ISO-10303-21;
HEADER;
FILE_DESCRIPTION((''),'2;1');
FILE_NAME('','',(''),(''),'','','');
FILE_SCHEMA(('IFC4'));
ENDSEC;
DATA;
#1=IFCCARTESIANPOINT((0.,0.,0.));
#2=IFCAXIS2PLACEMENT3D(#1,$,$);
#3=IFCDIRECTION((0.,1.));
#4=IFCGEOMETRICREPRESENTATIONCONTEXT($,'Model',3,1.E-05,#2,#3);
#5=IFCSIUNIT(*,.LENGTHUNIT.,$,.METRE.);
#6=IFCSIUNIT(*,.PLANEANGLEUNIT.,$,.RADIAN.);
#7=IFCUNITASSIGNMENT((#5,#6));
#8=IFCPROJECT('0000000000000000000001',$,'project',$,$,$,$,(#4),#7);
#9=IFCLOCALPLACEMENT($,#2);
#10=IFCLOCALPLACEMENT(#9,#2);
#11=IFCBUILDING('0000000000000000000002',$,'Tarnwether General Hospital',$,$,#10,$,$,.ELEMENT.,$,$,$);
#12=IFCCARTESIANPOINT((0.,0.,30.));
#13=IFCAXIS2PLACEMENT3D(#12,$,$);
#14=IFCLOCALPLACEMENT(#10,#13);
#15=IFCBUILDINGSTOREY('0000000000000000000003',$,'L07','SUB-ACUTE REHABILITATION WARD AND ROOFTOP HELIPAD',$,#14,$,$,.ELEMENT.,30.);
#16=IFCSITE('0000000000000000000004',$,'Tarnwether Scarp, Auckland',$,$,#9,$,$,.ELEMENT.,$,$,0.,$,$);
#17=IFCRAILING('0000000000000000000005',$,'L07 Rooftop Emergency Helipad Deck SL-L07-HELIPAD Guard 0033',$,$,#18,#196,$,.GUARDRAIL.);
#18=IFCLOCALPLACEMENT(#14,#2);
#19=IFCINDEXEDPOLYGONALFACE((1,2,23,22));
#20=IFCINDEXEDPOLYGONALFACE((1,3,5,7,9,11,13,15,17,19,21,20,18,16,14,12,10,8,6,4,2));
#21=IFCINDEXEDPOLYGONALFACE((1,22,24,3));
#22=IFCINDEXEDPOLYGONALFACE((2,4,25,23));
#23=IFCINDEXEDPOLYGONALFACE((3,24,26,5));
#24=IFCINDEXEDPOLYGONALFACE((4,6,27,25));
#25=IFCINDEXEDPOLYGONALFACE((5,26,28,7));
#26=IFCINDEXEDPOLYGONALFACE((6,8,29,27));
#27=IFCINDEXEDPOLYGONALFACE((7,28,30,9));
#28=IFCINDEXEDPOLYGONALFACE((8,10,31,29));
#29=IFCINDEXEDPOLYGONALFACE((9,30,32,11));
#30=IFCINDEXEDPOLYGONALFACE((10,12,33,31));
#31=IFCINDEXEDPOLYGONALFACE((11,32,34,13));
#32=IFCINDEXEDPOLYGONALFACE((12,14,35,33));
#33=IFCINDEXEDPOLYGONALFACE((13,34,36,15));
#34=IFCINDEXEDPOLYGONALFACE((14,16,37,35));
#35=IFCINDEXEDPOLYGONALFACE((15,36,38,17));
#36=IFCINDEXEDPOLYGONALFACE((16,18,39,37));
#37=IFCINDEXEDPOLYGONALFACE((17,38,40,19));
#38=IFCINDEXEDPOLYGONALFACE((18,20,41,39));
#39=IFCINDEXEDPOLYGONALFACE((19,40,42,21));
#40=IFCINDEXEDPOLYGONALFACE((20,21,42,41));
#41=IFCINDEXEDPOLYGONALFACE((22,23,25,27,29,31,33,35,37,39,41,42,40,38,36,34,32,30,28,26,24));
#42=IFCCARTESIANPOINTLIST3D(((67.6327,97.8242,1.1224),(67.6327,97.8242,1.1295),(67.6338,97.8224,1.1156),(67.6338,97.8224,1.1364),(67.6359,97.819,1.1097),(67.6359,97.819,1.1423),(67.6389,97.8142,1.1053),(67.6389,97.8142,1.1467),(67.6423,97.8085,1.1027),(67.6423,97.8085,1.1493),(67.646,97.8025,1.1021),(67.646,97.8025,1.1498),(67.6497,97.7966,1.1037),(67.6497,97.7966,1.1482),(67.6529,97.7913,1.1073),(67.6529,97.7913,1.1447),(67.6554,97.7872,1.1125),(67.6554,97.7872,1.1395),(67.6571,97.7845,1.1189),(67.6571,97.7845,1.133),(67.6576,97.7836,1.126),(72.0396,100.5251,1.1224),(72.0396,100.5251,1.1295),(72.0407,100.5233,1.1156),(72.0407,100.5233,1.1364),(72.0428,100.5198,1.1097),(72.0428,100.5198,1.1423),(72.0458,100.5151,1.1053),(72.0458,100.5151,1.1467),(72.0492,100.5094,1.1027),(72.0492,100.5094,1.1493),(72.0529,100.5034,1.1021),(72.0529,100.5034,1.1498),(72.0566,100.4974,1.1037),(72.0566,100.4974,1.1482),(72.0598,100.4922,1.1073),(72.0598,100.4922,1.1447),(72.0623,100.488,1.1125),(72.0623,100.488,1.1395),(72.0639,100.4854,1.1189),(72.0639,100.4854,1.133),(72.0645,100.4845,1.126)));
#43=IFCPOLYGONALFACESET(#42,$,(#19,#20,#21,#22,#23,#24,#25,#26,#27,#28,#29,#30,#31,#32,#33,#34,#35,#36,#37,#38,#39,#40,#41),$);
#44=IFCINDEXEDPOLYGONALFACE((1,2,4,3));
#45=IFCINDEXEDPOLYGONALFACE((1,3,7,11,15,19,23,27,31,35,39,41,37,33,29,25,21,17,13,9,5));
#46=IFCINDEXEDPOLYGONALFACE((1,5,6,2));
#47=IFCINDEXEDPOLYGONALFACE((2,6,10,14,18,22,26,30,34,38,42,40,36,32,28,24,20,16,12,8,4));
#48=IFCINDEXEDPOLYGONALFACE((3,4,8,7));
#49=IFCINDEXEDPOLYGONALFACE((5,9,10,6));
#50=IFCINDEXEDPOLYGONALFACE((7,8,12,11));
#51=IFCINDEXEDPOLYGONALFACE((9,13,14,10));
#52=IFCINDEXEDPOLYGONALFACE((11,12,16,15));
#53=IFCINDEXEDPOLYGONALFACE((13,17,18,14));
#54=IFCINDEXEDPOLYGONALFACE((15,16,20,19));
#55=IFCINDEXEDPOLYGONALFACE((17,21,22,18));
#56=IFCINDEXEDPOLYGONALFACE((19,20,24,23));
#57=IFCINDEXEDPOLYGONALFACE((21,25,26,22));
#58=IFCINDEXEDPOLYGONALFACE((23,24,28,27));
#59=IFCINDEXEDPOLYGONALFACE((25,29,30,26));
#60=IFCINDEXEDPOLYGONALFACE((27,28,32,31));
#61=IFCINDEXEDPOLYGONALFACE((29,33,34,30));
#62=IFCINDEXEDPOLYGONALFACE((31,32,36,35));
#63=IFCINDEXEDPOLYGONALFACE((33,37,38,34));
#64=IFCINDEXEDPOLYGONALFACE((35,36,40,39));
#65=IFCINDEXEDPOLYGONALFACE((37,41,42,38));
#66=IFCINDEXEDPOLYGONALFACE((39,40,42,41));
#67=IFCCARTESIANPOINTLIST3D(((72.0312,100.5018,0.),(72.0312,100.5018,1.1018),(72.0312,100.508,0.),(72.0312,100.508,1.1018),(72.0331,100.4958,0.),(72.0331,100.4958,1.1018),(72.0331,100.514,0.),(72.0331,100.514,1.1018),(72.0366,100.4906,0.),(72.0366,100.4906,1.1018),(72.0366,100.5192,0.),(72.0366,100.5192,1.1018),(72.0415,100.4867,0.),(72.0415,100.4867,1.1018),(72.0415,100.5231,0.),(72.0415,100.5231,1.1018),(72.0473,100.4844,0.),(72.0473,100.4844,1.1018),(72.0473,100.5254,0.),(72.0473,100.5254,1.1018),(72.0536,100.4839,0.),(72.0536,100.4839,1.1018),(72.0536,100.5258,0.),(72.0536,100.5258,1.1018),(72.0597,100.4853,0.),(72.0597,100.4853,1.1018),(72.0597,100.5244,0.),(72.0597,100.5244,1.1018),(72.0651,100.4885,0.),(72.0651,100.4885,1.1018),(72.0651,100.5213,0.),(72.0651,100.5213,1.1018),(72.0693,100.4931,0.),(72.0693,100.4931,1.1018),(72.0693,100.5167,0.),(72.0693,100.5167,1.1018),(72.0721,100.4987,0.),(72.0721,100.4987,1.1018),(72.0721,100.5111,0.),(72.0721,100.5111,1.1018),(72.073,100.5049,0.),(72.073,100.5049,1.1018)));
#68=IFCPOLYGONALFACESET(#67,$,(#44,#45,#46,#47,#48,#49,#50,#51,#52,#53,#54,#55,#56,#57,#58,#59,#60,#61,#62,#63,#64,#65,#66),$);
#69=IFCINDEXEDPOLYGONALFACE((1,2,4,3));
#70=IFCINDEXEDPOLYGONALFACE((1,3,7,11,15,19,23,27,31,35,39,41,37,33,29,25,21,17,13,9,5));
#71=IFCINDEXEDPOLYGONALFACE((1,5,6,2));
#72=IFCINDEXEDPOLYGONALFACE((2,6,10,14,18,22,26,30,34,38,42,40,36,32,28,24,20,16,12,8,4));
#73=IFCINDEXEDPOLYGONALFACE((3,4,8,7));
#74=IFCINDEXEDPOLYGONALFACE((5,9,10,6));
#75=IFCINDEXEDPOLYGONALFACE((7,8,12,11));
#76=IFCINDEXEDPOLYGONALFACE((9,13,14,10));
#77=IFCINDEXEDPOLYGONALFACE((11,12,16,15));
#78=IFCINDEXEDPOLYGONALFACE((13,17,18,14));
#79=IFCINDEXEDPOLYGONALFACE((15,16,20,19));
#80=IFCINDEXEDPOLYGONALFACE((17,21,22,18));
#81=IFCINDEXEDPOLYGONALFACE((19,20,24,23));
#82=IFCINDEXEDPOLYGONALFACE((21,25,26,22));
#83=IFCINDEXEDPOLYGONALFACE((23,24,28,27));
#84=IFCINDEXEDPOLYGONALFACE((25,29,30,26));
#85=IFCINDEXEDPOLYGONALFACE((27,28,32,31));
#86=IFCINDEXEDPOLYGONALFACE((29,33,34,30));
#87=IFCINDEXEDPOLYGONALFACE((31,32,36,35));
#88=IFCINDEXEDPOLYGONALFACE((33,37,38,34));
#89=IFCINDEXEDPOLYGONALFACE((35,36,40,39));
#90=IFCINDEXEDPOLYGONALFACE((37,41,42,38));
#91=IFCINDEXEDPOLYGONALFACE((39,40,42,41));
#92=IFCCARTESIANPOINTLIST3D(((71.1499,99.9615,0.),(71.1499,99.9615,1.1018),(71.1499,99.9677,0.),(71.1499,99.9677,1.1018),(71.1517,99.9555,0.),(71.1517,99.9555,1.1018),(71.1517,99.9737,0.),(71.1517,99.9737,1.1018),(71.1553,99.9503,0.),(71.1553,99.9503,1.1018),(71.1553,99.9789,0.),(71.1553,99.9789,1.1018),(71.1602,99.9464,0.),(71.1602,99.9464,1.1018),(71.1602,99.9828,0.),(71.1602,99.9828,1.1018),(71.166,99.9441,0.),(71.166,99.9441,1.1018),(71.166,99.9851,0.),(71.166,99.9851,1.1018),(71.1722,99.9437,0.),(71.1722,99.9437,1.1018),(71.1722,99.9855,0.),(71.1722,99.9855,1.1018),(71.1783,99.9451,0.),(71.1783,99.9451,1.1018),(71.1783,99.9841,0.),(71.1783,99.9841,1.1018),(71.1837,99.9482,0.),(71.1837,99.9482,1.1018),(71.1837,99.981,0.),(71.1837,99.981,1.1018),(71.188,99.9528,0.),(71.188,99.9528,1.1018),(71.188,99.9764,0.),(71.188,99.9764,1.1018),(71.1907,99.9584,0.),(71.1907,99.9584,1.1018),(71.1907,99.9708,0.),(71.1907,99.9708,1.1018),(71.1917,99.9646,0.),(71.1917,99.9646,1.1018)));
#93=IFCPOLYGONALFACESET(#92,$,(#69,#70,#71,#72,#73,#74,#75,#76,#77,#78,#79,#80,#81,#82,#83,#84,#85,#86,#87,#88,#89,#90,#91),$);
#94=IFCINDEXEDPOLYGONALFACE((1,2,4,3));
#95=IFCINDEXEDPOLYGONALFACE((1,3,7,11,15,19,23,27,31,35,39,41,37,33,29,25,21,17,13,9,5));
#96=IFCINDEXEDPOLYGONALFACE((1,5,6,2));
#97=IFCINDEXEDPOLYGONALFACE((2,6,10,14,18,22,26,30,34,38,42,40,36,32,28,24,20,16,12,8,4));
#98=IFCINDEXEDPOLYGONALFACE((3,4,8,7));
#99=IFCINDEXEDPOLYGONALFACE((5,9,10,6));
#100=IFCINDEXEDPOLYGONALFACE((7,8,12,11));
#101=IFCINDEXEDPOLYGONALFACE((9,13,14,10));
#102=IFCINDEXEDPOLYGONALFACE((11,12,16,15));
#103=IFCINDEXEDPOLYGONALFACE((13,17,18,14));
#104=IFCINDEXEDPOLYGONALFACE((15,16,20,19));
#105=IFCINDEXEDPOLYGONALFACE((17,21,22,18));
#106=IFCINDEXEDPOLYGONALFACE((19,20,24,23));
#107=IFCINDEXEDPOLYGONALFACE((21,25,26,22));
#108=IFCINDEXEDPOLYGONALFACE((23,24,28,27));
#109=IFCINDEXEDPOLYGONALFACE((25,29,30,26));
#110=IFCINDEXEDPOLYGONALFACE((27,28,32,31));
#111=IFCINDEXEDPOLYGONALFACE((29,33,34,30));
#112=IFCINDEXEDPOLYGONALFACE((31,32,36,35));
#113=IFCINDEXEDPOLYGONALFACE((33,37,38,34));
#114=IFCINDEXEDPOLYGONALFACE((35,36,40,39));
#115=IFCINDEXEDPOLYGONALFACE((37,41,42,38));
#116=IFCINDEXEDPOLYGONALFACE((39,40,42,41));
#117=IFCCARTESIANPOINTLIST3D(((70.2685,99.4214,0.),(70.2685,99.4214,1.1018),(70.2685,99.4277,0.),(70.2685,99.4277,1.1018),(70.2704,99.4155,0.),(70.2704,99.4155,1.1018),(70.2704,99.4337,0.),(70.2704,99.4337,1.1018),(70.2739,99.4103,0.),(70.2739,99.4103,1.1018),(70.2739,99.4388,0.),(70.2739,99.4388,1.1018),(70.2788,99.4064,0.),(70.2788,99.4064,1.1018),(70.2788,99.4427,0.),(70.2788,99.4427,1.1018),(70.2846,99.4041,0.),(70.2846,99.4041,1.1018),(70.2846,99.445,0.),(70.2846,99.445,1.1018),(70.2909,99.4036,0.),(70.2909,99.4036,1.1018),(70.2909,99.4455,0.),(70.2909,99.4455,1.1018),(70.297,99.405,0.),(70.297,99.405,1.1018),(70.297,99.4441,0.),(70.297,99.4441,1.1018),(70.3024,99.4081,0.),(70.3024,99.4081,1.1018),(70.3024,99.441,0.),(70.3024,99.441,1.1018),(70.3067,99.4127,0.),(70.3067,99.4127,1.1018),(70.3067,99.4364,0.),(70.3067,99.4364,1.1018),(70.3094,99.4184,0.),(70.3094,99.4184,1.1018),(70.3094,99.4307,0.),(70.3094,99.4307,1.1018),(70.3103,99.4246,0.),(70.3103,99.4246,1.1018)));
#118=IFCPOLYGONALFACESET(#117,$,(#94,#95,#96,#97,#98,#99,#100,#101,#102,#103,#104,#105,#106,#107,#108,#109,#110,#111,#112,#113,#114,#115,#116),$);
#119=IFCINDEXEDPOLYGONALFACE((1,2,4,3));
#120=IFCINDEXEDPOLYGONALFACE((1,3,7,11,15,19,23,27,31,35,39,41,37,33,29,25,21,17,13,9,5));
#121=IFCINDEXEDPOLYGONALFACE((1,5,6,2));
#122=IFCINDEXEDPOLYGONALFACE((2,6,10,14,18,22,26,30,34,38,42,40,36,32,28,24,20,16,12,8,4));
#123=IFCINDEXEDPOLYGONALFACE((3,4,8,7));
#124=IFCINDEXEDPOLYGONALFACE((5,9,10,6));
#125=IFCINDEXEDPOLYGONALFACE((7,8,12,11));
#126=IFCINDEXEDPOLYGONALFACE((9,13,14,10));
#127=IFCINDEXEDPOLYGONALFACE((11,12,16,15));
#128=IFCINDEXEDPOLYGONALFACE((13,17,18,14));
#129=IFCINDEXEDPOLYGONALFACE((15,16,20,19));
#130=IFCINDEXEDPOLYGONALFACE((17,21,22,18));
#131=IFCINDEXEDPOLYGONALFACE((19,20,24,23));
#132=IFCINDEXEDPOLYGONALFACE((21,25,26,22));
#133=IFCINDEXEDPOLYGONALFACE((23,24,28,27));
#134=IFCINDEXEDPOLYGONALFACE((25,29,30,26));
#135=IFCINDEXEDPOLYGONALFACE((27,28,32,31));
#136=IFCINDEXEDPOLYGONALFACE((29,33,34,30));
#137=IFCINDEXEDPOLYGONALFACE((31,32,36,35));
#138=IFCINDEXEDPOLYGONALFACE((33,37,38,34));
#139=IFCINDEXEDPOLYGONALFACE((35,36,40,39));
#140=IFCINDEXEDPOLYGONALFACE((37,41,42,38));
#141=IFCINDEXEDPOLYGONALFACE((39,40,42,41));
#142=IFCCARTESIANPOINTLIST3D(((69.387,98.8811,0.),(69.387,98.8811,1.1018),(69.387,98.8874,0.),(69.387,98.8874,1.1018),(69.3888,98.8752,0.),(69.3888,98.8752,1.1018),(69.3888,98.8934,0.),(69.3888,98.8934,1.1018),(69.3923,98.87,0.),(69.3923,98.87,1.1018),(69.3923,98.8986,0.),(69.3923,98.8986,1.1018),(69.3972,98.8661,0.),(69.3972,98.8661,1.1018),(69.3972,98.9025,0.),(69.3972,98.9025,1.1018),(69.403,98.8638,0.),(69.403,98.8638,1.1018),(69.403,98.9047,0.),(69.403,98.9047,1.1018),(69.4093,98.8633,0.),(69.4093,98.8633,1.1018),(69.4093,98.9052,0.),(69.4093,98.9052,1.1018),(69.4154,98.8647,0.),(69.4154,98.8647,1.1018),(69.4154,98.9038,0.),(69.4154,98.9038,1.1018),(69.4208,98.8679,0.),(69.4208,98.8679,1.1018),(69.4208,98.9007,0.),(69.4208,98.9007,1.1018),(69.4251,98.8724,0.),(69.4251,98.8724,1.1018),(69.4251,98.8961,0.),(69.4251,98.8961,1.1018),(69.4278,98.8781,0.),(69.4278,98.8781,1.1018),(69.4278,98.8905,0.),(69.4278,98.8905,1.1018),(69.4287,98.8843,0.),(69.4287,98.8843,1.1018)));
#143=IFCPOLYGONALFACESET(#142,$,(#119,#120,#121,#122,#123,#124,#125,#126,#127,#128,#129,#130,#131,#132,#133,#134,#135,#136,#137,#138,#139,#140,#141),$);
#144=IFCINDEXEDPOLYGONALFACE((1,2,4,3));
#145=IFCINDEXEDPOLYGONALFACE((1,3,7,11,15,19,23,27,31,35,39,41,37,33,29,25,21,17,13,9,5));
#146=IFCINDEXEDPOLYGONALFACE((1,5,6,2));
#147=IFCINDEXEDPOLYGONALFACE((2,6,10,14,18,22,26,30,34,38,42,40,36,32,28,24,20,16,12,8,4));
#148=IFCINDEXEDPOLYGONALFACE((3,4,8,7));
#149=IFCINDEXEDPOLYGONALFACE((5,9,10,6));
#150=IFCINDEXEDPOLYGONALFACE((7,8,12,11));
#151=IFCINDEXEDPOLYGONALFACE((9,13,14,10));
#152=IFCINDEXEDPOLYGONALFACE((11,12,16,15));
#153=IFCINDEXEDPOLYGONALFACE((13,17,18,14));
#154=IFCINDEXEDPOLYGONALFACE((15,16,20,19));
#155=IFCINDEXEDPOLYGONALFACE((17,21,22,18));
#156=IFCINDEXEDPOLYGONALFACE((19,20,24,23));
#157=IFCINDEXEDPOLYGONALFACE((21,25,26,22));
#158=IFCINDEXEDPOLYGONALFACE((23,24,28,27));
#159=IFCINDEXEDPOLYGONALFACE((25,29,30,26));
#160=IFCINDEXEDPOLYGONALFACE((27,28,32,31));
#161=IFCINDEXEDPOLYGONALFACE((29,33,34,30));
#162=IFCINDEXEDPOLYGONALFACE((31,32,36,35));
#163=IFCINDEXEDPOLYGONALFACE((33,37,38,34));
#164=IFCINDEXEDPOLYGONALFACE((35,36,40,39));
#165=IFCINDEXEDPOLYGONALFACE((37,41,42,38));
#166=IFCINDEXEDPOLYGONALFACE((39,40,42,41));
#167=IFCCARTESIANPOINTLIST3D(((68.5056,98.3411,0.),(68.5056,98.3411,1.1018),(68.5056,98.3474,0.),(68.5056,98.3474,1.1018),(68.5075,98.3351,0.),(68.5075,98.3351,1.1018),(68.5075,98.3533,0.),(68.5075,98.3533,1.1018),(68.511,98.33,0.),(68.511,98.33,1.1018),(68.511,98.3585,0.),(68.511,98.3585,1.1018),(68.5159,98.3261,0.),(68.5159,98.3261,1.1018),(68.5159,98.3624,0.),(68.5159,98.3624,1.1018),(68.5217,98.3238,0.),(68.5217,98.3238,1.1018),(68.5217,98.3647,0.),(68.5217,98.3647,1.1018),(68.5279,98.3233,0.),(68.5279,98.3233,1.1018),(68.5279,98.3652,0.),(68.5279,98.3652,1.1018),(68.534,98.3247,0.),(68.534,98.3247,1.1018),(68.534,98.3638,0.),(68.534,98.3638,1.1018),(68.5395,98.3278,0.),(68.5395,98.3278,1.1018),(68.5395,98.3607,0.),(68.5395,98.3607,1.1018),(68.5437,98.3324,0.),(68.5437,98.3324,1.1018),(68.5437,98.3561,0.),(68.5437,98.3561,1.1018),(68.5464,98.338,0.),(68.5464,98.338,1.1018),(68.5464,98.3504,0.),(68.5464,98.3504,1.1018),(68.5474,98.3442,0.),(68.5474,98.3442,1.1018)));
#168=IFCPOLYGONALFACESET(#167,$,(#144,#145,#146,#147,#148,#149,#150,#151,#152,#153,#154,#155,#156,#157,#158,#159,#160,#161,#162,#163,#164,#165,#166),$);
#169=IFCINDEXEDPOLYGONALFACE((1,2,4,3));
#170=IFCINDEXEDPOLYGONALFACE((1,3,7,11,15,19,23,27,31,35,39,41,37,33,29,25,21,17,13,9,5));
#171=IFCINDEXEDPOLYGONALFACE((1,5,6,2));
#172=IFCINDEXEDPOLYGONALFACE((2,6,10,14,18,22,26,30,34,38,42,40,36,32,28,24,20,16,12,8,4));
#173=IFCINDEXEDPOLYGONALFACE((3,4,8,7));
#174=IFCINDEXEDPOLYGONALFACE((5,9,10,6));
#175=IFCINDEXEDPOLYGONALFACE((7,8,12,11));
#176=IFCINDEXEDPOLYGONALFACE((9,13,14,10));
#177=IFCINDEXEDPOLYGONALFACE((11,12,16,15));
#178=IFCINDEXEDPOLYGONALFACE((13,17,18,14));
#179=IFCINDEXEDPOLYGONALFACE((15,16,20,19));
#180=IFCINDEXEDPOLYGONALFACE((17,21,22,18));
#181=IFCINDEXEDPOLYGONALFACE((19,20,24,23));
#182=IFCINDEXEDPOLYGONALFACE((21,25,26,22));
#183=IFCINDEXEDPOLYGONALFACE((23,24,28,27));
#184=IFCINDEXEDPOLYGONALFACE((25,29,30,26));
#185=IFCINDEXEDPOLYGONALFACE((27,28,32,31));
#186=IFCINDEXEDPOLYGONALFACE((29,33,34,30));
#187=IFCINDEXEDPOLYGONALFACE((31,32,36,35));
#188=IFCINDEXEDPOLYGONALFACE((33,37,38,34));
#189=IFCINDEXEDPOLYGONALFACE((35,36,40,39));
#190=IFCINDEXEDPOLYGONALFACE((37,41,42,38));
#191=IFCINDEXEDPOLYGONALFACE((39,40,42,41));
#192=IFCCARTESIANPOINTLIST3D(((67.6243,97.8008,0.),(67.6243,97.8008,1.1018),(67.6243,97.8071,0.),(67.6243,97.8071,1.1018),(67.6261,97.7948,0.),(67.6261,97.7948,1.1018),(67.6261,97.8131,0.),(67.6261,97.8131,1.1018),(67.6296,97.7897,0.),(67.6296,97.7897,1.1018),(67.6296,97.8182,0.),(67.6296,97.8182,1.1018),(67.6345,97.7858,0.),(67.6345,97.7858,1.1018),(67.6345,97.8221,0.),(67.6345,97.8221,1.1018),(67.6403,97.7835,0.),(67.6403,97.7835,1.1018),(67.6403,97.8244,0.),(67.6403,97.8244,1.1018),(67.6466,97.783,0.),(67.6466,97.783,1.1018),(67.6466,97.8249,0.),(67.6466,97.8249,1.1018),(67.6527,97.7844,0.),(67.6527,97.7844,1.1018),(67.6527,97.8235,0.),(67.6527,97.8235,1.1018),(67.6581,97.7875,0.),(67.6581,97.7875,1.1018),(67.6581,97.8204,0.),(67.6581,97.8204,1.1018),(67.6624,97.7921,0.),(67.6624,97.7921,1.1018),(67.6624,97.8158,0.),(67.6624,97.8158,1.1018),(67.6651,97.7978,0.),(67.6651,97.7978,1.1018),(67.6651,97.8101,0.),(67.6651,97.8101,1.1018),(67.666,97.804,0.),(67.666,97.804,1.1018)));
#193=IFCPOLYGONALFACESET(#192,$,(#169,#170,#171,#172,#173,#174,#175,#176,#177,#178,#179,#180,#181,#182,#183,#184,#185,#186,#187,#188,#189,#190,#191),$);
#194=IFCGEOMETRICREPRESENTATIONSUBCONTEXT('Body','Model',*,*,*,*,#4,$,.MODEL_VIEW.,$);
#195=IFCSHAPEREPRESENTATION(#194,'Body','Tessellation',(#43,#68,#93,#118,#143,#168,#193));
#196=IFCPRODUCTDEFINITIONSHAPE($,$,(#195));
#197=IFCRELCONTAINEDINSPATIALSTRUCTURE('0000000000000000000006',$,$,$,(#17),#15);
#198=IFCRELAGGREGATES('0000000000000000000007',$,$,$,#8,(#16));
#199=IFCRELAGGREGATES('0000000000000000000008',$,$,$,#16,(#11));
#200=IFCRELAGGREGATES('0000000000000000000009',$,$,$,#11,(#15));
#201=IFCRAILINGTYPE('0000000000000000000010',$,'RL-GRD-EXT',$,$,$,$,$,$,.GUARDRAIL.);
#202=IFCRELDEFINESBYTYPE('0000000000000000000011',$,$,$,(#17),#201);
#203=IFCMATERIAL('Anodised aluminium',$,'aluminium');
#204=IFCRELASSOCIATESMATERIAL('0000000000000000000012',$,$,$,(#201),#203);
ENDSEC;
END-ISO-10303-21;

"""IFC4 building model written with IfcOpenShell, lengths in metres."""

from ifc_helpers import new_model, si_unit, direction, frame, origin, origin_2d, place, context, subcontext, project, spatial, circle, extrude, material, type_object, element, save


model = new_model("IFC4")

# Units and contexts
model_context = context("Model", 3, precision=1e-05, world=origin(), true_north=direction((0.0, 1.0)))
body_context = subcontext(model_context, "Body", "Model", "MODEL_VIEW")
ifc_project = project(units=[si_unit("LENGTHUNIT", "METRE"), si_unit("PLANEANGLEUNIT", "RADIAN")], contexts=[model_context])

# Site, building, storey
site_placement = place(None, origin())
site = spatial("IfcSite", under=ifc_project, at=site_placement, Name="Tarnwether Scarp, Auckland", CompositionType="ELEMENT", RefElevation=0.0)
building_placement = place(site_placement, origin())
building = spatial("IfcBuilding", under=site, at=building_placement, Name="Tarnwether General Hospital", CompositionType="ELEMENT")
storey_placement = place(building_placement, frame((0.0, 0.0, 30.0)))
storey = spatial("IfcBuildingStorey", under=building, at=storey_placement, Name="L07", Description="SUB-ACUTE REHABILITATION WARD AND ROOFTOP HELIPAD", CompositionType="ELEMENT", Elevation=30.0)

# Railing
ifc_material_1 = material(Name="Anodised aluminium", Category="aluminium")
railing_type = type_object("IfcRailingType", Name="RL-GRD-EXT", PredefinedType="GUARDRAIL", material=ifc_material_1)
railing_1_placement = place(storey_placement, frame((72.052, 100.5049, 0.0)))
element("IfcRailing", 1, at=railing_1_placement, inside=storey, type_object=railing_type, Name="L07 Rooftop Emergency Helipad Deck SL-L07-HELIPAD Guard 0033", PredefinedType="GUARDRAIL", context=body_context, shape_type="SweptSolid", body=[
    extrude(circle(Radius=0.0239, at=origin_2d()), frame((0.0, 0.0, 1.126), z_axis=(-0.852612, -0.522544, 0.0), x_axis=(0.522544, -0.852612, 0.0)), (0.0, 0.0, 1.0), 5.1687),
    extrude(circle(Radius=0.021, at=origin_2d()), origin(), (0.0, 0.0, 1.0), 1.1018),
    extrude(circle(Radius=0.021, at=origin_2d()), frame((-0.8813, -0.5403, 0.0)), (0.0, 0.0, 1.0), 1.1018),
    extrude(circle(Radius=0.021, at=origin_2d()), frame((-1.7627, -1.0803, 0.0)), (0.0, 0.0, 1.0), 1.1018),
    extrude(circle(Radius=0.021, at=origin_2d()), frame((-2.6443, -1.6206, 0.0)), (0.0, 0.0, 1.0), 1.1018),
    extrude(circle(Radius=0.021, at=origin_2d()), frame((-3.5256, -2.1606, 0.0)), (0.0, 0.0, 1.0), 1.1018),
    extrude(circle(Radius=0.021, at=origin_2d()), frame((-4.407, -2.7009, 0.0)), (0.0, 0.0, 1.0), 1.1018),
])

save(model, "model.ifc")
